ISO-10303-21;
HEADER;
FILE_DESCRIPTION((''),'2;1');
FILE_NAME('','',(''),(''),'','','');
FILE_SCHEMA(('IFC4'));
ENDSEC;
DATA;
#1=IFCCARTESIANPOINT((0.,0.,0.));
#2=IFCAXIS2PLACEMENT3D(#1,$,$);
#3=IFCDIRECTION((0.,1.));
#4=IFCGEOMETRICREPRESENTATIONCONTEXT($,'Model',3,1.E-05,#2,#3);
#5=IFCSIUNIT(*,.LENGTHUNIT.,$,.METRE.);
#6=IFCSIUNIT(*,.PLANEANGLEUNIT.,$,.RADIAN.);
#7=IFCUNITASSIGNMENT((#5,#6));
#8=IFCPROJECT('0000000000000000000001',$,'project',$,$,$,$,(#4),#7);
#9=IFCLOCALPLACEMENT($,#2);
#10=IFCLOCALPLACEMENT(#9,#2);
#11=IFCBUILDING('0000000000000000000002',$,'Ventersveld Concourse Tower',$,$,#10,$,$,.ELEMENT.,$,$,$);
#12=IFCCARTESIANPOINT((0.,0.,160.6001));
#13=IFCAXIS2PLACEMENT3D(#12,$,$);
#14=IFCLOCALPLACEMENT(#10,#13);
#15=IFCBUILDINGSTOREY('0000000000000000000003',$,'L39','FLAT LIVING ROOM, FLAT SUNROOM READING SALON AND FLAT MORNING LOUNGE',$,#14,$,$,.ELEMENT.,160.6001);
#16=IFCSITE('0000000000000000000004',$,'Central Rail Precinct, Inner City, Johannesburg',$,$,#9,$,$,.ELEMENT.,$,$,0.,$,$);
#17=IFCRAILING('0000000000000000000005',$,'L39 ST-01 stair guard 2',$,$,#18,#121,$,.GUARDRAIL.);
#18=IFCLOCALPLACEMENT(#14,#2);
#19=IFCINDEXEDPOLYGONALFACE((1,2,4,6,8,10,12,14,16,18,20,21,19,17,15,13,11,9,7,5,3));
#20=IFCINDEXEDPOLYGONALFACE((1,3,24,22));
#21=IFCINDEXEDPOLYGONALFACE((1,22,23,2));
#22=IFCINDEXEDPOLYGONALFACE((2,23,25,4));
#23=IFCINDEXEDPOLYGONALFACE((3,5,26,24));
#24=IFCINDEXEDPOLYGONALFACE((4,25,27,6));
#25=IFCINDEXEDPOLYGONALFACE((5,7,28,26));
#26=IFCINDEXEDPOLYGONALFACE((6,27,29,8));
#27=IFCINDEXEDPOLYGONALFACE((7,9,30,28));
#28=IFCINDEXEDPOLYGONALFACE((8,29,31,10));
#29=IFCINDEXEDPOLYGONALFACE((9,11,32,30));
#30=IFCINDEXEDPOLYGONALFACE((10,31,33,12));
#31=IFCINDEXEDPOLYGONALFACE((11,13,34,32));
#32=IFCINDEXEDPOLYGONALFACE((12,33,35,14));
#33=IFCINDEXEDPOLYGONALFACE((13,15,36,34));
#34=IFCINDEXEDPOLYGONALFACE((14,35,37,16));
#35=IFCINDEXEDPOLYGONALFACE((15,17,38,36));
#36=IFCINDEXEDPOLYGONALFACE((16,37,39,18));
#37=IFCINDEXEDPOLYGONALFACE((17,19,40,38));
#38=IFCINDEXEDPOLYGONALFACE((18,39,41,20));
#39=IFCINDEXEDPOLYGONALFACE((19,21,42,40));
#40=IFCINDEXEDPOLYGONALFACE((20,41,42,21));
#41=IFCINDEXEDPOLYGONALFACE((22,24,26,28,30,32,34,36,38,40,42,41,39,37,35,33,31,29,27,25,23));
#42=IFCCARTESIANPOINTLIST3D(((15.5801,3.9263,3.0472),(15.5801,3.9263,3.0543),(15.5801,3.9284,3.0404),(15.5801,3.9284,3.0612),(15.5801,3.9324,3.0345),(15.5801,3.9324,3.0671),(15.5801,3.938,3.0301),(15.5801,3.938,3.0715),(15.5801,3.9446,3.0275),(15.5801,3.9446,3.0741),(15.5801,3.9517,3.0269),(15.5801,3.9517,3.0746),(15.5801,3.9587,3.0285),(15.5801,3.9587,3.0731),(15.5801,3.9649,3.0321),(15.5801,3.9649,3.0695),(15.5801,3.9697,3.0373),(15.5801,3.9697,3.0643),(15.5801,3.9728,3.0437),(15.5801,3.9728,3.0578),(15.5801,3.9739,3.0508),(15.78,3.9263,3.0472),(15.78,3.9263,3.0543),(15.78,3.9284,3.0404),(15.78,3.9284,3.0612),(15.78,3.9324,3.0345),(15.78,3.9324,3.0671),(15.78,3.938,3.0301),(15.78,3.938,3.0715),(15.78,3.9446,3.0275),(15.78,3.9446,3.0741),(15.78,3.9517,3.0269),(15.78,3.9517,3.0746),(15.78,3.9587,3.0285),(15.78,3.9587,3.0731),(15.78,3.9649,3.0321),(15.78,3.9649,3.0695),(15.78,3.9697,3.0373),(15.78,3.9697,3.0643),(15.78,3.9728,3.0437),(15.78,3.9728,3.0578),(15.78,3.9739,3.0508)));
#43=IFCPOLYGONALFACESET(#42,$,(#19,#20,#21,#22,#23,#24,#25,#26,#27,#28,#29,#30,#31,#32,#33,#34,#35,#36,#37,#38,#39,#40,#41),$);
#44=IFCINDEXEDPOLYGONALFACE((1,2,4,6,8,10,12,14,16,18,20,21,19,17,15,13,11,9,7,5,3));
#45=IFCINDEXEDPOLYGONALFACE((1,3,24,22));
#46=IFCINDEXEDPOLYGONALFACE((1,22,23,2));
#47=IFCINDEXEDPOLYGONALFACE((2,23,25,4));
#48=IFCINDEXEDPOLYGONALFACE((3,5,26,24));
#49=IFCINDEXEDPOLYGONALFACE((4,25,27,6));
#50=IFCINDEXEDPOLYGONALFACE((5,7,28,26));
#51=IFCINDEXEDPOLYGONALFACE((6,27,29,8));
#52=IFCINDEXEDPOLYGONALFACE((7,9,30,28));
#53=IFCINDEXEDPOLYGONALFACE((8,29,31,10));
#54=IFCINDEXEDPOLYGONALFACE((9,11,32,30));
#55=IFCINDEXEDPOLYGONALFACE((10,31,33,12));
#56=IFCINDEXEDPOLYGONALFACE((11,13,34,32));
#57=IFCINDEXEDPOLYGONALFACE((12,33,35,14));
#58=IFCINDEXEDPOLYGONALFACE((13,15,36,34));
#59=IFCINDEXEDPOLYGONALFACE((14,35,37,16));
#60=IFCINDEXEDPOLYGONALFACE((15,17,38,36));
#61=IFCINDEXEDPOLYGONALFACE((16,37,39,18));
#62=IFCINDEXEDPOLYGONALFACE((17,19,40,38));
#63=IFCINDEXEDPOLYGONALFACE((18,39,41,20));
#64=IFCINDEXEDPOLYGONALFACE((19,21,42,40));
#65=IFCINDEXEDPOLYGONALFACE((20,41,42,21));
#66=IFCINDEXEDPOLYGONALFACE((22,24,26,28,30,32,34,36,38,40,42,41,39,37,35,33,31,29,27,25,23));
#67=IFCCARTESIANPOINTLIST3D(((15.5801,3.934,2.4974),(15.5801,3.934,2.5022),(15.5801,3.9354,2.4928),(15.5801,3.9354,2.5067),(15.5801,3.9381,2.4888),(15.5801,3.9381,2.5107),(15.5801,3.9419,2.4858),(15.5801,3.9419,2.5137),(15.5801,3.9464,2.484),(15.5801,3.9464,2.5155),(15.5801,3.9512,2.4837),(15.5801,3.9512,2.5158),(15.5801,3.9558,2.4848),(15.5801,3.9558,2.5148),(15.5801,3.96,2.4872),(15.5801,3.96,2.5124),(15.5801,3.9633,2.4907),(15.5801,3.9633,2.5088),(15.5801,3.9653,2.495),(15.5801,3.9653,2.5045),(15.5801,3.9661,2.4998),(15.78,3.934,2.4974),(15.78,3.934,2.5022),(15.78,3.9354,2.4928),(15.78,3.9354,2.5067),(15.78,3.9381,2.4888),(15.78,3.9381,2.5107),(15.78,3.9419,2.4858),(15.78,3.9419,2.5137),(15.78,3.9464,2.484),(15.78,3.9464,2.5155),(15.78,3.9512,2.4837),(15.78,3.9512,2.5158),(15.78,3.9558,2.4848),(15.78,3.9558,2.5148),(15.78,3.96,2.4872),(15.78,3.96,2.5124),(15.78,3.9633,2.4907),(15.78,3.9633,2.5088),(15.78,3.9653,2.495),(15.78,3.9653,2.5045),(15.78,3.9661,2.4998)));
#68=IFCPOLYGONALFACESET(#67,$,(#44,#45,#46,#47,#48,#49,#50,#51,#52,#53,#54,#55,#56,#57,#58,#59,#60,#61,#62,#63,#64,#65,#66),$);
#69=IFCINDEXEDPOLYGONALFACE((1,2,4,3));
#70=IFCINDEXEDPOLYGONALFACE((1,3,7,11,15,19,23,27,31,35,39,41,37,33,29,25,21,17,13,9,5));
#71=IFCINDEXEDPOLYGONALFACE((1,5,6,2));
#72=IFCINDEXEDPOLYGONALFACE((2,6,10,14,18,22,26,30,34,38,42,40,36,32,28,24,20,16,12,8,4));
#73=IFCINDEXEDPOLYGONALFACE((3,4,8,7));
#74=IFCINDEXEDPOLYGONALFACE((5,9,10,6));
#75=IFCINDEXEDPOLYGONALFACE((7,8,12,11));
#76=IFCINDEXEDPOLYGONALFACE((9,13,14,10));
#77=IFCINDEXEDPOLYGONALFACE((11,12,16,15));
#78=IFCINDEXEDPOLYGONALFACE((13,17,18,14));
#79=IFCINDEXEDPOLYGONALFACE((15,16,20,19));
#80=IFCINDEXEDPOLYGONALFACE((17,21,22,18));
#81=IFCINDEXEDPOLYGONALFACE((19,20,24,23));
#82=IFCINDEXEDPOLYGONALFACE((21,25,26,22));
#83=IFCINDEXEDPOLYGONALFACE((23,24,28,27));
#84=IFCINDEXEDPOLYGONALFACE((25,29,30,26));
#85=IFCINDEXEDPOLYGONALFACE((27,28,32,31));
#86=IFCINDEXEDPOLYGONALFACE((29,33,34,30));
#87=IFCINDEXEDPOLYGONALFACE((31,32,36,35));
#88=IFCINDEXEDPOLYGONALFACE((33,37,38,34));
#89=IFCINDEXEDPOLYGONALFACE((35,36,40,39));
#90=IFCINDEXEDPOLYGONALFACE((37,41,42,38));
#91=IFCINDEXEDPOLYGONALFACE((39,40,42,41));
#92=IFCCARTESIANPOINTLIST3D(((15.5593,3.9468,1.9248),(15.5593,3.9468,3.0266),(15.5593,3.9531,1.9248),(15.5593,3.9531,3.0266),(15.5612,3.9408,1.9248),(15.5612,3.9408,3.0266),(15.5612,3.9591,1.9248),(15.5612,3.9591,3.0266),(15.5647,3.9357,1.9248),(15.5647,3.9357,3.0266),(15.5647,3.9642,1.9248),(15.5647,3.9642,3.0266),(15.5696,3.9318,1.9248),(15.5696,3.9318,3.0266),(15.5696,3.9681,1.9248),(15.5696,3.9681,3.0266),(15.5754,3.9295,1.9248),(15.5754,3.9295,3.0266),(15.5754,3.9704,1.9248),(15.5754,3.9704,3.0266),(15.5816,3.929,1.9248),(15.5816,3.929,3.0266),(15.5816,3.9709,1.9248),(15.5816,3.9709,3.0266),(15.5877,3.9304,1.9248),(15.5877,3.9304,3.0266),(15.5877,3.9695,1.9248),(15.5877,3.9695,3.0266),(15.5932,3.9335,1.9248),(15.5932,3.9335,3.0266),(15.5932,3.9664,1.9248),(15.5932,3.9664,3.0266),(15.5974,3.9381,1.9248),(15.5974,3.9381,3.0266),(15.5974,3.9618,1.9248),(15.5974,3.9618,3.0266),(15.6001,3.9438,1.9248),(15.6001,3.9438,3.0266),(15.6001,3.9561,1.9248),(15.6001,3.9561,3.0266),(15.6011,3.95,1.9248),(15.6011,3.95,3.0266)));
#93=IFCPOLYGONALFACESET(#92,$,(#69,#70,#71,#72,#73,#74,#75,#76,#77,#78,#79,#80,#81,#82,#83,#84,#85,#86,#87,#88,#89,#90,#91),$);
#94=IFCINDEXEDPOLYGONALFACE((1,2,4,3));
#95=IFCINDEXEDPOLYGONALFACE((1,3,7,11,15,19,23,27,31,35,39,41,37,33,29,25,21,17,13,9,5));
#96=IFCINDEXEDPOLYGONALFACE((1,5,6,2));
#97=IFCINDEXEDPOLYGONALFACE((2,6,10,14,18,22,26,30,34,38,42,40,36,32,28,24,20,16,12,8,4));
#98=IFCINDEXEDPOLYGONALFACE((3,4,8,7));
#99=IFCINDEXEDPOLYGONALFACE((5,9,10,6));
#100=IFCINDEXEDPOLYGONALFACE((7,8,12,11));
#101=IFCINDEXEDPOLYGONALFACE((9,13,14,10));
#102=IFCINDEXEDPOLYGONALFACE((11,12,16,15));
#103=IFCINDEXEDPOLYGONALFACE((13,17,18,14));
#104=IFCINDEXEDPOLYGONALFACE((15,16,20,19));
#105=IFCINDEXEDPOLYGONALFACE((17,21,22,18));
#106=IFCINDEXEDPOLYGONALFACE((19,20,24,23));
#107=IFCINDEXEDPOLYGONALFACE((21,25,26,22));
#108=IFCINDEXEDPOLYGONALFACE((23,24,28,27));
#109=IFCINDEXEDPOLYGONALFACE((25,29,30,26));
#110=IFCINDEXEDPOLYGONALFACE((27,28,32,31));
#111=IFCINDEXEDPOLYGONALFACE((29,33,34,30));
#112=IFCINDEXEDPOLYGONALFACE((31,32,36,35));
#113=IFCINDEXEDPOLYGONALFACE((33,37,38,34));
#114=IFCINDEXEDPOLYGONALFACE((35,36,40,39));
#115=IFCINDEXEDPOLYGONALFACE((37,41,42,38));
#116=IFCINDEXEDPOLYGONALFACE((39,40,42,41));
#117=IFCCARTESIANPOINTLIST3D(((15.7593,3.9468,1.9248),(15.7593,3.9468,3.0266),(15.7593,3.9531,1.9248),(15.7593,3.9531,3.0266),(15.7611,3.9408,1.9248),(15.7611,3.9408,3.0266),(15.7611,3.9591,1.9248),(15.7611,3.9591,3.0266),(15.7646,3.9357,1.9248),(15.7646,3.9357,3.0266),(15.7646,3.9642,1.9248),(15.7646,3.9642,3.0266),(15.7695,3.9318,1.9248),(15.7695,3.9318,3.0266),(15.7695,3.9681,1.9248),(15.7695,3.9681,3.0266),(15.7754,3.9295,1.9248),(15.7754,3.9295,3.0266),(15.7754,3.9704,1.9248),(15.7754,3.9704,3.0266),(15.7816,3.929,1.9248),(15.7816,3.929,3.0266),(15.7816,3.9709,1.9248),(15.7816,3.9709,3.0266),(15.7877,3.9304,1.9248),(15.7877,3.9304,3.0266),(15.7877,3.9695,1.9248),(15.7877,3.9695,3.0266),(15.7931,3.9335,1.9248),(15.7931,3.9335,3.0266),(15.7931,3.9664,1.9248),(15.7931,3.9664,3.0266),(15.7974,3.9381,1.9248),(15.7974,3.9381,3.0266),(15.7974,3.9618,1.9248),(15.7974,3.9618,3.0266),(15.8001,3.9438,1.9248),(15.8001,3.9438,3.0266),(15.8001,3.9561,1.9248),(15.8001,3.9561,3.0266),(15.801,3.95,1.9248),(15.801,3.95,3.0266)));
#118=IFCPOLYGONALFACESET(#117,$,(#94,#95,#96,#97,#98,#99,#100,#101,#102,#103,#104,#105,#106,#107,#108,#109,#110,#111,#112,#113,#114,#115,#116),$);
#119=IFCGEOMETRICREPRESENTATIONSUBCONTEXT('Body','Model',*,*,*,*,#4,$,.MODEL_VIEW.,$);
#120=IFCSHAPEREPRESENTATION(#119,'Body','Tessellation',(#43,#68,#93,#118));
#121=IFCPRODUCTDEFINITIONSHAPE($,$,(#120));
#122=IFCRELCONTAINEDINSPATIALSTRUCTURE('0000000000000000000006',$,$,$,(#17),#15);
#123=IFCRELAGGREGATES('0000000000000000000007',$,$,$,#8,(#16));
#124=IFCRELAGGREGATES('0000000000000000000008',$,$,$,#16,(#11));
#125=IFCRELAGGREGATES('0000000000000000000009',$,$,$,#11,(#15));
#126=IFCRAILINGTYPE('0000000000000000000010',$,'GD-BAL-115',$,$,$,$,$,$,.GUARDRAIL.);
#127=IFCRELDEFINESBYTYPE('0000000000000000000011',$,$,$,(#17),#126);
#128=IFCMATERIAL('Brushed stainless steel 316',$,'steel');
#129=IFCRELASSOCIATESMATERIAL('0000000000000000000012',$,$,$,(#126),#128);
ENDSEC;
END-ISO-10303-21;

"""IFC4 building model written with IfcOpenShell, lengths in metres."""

from ifc_helpers import new_model, si_unit, direction, frame, origin, origin_2d, place, context, subcontext, project, spatial, circle, extrude, material, type_object, element, save


model = new_model("IFC4")

# Units and contexts
model_context = context("Model", 3, precision=1e-05, world=origin(), true_north=direction((0.0, 1.0)))
body_context = subcontext(model_context, "Body", "Model", "MODEL_VIEW")
ifc_project = project(units=[si_unit("LENGTHUNIT", "METRE"), si_unit("PLANEANGLEUNIT", "RADIAN")], contexts=[model_context])

# Site, building, storey
site_placement = place(None, origin())
site = spatial("IfcSite", under=ifc_project, at=site_placement, Name="Central Rail Precinct, Inner City, Johannesburg", CompositionType="ELEMENT", RefElevation=0.0)
building_placement = place(site_placement, origin())
building = spatial("IfcBuilding", under=site, at=building_placement, Name="Ventersveld Concourse Tower", CompositionType="ELEMENT")
storey_placement = place(building_placement, frame((0.0, 0.0, 160.6001)))
storey = spatial("IfcBuildingStorey", under=building, at=storey_placement, Name="L39", Description="FLAT LIVING ROOM, FLAT SUNROOM READING SALON AND FLAT MORNING LOUNGE", CompositionType="ELEMENT", Elevation=160.6001)

# Railing
ifc_material_1 = material(Name="Brushed stainless steel 316", Category="steel")
railing_type_1 = type_object("IfcRailingType", Name="GD-BAL-115", PredefinedType="GUARDRAIL", material=ifc_material_1)
for number, where, name in (
    (1, (15.5801, 3.95, 1.9248), "L39 ST-01 stair guard 2"),
):
    element("IfcRailing", number, at=place(storey_placement, frame(where)), inside=storey, type_object=railing_type_1, Name=name, PredefinedType="GUARDRAIL", context=body_context, shape_type="SweptSolid", body=[
        extrude(circle(Radius=0.0239, at=origin_2d()), frame((0.0, 0.0, 1.126), z_axis=(1.0, 0.0, 0.0), x_axis=(0.0, 1.0, 0.0)), (0.0, 0.0, 1.0), 0.2),
        extrude(circle(Radius=0.0161, at=origin_2d()), frame((0.0, 0.0, 0.575), z_axis=(1.0, 0.0, 0.0), x_axis=(0.0, 1.0, 0.0)), (0.0, 0.0, 1.0), 0.2),
        extrude(circle(Radius=0.021, at=origin_2d()), origin(), (0.0, 0.0, 1.0), 1.1018),
        extrude(circle(Radius=0.021, at=origin_2d()), frame((0.2, 0.0, 0.0)), (0.0, 0.0, 1.0), 1.1018),
    ])

save(model, "model.ifc")
